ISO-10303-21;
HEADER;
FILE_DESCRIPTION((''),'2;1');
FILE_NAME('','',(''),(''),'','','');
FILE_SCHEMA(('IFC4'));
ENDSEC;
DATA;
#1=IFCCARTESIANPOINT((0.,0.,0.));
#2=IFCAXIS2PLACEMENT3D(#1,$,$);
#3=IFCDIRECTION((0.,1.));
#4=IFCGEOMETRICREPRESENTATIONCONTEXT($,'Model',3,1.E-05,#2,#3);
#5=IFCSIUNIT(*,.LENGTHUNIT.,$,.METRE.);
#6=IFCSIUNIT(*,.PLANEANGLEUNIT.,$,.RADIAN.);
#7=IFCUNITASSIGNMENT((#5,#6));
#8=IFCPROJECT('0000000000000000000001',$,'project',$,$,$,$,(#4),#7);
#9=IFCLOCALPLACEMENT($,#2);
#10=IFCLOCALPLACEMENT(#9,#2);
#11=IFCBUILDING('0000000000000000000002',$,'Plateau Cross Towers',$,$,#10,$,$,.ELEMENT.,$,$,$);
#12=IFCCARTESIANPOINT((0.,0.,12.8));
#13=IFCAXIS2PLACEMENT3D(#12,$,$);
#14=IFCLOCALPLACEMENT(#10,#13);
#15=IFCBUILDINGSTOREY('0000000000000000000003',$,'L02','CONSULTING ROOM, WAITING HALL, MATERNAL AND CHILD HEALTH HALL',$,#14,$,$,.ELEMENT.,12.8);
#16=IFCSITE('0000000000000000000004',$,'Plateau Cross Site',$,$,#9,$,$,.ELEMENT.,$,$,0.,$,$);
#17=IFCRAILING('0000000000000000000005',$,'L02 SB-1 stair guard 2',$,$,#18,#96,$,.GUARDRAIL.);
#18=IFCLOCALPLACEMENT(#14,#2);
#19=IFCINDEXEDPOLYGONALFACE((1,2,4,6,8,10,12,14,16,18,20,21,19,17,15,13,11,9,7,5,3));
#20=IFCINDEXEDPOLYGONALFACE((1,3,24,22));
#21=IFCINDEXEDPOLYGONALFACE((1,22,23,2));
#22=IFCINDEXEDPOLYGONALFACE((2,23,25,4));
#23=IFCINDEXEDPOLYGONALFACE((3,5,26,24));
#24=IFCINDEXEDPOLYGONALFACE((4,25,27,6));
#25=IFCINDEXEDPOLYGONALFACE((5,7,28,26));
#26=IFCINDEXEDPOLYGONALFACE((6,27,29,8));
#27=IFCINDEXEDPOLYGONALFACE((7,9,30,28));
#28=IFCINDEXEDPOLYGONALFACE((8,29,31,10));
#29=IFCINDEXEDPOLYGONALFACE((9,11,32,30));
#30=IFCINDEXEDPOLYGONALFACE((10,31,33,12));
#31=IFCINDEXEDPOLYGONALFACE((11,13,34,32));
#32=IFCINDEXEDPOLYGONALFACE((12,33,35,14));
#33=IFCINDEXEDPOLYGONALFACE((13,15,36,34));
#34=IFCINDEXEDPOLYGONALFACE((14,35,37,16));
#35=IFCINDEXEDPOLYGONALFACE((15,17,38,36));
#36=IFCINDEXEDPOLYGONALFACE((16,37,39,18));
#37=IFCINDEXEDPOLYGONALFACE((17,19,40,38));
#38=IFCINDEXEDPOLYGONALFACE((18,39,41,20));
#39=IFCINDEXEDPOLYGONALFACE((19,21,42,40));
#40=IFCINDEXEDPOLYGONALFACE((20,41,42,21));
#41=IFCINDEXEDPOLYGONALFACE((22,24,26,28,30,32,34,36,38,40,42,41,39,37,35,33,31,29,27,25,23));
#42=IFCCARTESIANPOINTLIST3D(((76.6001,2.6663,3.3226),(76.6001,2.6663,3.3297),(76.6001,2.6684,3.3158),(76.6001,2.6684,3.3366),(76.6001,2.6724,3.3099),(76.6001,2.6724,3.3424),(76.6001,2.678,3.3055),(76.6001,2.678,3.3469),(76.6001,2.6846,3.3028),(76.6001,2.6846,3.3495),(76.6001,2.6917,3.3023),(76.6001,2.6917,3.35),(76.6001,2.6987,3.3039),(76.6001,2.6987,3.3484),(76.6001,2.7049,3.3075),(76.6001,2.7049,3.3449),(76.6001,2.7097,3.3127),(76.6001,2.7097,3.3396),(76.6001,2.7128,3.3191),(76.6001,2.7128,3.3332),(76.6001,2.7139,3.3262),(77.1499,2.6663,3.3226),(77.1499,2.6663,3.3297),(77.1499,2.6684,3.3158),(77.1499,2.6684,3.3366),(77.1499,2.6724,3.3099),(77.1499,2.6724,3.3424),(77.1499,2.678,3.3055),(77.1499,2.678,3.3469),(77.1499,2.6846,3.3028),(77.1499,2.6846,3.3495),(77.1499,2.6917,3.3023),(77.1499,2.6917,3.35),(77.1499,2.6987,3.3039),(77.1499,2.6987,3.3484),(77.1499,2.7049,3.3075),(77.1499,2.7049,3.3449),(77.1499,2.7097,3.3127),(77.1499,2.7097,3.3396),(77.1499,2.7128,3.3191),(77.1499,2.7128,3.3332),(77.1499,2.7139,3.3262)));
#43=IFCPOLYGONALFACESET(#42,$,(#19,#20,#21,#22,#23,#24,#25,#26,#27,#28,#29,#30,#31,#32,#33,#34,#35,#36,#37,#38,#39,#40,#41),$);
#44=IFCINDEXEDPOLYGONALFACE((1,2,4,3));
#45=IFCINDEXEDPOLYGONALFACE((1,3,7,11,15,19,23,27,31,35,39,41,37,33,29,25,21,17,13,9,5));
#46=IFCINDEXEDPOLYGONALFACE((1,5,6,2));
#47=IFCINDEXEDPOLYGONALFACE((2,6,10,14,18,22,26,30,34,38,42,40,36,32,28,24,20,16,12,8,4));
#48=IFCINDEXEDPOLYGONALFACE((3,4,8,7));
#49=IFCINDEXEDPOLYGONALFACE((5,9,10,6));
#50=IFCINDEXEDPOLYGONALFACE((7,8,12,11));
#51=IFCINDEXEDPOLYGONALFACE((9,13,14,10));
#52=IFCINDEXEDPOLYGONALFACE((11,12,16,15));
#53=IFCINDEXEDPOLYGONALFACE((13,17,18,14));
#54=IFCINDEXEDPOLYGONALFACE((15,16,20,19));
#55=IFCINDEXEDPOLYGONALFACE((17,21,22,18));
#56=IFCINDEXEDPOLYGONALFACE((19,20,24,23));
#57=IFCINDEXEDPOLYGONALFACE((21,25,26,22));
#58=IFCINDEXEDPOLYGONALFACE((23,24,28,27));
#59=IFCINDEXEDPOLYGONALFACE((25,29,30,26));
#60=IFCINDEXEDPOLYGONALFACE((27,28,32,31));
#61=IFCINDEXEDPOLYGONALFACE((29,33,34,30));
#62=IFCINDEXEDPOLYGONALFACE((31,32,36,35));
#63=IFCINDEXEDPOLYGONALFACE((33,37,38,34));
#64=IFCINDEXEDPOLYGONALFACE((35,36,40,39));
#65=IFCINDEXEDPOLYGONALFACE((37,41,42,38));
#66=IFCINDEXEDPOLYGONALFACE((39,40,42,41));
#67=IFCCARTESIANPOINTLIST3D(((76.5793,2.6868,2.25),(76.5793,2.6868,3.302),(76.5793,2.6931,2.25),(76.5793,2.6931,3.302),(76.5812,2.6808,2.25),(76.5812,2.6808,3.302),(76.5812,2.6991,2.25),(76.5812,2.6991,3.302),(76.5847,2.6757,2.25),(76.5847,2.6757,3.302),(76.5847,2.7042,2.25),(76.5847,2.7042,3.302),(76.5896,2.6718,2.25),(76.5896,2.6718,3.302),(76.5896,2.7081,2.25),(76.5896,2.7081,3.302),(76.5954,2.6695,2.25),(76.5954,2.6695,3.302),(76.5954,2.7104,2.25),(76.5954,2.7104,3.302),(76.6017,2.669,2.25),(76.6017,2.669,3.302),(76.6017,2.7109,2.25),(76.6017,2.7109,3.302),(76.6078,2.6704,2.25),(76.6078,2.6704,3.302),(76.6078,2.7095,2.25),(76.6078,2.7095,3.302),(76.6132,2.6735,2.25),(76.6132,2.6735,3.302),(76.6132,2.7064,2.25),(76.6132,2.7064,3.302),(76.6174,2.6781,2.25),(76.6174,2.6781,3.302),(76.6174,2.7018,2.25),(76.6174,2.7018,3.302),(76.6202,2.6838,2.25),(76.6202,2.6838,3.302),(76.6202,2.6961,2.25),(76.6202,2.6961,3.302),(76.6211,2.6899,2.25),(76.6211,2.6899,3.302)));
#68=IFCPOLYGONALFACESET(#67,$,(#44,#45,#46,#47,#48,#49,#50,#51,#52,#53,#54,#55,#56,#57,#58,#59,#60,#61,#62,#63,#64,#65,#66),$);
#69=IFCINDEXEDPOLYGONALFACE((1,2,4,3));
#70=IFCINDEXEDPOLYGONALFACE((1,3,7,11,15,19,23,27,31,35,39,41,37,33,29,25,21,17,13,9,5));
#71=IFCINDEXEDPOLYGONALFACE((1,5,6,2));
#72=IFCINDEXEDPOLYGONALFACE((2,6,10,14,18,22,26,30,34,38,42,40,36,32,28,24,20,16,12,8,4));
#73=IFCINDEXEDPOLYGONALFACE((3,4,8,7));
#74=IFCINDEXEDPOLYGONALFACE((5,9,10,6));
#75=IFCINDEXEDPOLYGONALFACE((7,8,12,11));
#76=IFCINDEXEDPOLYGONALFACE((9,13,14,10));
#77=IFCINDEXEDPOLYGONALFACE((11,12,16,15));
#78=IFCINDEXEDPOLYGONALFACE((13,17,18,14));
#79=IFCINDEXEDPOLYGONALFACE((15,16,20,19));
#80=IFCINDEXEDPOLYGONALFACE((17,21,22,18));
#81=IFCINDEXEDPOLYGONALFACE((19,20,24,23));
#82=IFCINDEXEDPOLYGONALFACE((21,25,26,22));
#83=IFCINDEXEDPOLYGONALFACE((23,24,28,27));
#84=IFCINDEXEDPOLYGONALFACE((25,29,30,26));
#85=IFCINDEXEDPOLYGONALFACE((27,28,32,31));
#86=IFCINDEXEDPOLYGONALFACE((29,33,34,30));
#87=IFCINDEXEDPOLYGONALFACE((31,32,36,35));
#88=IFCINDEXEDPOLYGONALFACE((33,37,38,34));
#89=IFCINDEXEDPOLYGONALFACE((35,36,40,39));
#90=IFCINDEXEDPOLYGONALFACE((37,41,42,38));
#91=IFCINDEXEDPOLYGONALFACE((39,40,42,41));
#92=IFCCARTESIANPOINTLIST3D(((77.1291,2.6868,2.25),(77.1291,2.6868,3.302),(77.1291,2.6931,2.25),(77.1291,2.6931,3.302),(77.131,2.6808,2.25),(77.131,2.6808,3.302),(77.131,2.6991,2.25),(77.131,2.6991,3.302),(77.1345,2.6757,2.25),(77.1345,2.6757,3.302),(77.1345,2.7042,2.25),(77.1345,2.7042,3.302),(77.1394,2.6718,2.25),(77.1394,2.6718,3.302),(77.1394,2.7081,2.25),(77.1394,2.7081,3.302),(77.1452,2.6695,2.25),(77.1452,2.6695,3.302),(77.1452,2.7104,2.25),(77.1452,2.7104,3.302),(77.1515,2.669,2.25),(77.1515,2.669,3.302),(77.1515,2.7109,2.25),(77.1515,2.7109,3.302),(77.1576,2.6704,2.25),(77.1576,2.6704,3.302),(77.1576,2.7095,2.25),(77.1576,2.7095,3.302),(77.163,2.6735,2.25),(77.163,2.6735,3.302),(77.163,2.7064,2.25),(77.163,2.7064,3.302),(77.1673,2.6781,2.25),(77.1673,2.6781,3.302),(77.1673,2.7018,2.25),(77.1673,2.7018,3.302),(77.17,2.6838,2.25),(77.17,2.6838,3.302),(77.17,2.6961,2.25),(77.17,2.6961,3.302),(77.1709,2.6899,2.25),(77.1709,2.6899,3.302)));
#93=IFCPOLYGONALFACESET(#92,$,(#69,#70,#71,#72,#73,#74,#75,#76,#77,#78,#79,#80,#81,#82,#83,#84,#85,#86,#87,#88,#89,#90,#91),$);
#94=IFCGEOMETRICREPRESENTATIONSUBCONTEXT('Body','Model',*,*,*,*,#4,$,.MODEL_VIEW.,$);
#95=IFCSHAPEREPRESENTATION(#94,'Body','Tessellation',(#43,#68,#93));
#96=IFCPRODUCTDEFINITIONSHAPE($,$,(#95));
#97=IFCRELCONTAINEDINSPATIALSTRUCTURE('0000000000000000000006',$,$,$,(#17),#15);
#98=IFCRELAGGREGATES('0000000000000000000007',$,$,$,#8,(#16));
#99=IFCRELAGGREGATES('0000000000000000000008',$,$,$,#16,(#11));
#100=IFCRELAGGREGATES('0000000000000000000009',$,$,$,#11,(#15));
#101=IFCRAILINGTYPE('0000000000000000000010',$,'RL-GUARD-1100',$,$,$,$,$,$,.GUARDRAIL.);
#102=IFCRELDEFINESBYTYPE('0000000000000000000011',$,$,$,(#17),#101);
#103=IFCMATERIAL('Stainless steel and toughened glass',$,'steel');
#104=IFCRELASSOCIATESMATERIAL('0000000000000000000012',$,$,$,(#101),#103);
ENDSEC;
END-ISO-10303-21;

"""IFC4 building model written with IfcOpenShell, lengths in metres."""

from ifc_helpers import new_model, si_unit, direction, frame, origin, origin_2d, place, context, subcontext, project, spatial, circle, extrude, material, type_object, element, save


model = new_model("IFC4")

# Units and contexts
model_context = context("Model", 3, precision=1e-05, world=origin(), true_north=direction((0.0, 1.0)))
body_context = subcontext(model_context, "Body", "Model", "MODEL_VIEW")
ifc_project = project(units=[si_unit("LENGTHUNIT", "METRE"), si_unit("PLANEANGLEUNIT", "RADIAN")], contexts=[model_context])

# Site, building, storey
site_placement = place(None, origin())
site = spatial("IfcSite", under=ifc_project, at=site_placement, Name="Plateau Cross Site", CompositionType="ELEMENT", RefElevation=0.0)
building_placement = place(site_placement, origin())
building = spatial("IfcBuilding", under=site, at=building_placement, Name="Plateau Cross Towers", CompositionType="ELEMENT")
storey_placement = place(building_placement, frame((0.0, 0.0, 12.8)))
storey = spatial("IfcBuildingStorey", under=building, at=storey_placement, Name="L02", Description="CONSULTING ROOM, WAITING HALL, MATERNAL AND CHILD HEALTH HALL", CompositionType="ELEMENT", Elevation=12.8)

# Railing
ifc_material_1 = material(Name="Stainless steel and toughened glass", Category="steel")
railing_type_1 = type_object("IfcRailingType", Name="RL-GUARD-1100", PredefinedType="GUARDRAIL", material=ifc_material_1)
railing_1_placement = place(storey_placement, frame((76.6001, 2.6899, 2.25)))
element("IfcRailing", 1, at=railing_1_placement, inside=storey, type_object=railing_type_1, Name="L02 SB-1 stair guard 2", PredefinedType="GUARDRAIL", context=body_context, shape_type="SweptSolid", body=[
    extrude(circle(Radius=0.0239, at=origin_2d()), frame((0.0, 0.0, 1.0762), z_axis=(1.0, 0.0, 0.0), x_axis=(0.0, 1.0, 0.0)), (0.0, 0.0, 1.0), 0.5498),
    extrude(circle(Radius=0.021, at=origin_2d()), origin(), (0.0, 0.0, 1.0), 1.052),
    extrude(circle(Radius=0.021, at=origin_2d()), frame((0.5498, 0.0, 0.0)), (0.0, 0.0, 1.0), 1.052),
])

save(model, "model.ifc")
